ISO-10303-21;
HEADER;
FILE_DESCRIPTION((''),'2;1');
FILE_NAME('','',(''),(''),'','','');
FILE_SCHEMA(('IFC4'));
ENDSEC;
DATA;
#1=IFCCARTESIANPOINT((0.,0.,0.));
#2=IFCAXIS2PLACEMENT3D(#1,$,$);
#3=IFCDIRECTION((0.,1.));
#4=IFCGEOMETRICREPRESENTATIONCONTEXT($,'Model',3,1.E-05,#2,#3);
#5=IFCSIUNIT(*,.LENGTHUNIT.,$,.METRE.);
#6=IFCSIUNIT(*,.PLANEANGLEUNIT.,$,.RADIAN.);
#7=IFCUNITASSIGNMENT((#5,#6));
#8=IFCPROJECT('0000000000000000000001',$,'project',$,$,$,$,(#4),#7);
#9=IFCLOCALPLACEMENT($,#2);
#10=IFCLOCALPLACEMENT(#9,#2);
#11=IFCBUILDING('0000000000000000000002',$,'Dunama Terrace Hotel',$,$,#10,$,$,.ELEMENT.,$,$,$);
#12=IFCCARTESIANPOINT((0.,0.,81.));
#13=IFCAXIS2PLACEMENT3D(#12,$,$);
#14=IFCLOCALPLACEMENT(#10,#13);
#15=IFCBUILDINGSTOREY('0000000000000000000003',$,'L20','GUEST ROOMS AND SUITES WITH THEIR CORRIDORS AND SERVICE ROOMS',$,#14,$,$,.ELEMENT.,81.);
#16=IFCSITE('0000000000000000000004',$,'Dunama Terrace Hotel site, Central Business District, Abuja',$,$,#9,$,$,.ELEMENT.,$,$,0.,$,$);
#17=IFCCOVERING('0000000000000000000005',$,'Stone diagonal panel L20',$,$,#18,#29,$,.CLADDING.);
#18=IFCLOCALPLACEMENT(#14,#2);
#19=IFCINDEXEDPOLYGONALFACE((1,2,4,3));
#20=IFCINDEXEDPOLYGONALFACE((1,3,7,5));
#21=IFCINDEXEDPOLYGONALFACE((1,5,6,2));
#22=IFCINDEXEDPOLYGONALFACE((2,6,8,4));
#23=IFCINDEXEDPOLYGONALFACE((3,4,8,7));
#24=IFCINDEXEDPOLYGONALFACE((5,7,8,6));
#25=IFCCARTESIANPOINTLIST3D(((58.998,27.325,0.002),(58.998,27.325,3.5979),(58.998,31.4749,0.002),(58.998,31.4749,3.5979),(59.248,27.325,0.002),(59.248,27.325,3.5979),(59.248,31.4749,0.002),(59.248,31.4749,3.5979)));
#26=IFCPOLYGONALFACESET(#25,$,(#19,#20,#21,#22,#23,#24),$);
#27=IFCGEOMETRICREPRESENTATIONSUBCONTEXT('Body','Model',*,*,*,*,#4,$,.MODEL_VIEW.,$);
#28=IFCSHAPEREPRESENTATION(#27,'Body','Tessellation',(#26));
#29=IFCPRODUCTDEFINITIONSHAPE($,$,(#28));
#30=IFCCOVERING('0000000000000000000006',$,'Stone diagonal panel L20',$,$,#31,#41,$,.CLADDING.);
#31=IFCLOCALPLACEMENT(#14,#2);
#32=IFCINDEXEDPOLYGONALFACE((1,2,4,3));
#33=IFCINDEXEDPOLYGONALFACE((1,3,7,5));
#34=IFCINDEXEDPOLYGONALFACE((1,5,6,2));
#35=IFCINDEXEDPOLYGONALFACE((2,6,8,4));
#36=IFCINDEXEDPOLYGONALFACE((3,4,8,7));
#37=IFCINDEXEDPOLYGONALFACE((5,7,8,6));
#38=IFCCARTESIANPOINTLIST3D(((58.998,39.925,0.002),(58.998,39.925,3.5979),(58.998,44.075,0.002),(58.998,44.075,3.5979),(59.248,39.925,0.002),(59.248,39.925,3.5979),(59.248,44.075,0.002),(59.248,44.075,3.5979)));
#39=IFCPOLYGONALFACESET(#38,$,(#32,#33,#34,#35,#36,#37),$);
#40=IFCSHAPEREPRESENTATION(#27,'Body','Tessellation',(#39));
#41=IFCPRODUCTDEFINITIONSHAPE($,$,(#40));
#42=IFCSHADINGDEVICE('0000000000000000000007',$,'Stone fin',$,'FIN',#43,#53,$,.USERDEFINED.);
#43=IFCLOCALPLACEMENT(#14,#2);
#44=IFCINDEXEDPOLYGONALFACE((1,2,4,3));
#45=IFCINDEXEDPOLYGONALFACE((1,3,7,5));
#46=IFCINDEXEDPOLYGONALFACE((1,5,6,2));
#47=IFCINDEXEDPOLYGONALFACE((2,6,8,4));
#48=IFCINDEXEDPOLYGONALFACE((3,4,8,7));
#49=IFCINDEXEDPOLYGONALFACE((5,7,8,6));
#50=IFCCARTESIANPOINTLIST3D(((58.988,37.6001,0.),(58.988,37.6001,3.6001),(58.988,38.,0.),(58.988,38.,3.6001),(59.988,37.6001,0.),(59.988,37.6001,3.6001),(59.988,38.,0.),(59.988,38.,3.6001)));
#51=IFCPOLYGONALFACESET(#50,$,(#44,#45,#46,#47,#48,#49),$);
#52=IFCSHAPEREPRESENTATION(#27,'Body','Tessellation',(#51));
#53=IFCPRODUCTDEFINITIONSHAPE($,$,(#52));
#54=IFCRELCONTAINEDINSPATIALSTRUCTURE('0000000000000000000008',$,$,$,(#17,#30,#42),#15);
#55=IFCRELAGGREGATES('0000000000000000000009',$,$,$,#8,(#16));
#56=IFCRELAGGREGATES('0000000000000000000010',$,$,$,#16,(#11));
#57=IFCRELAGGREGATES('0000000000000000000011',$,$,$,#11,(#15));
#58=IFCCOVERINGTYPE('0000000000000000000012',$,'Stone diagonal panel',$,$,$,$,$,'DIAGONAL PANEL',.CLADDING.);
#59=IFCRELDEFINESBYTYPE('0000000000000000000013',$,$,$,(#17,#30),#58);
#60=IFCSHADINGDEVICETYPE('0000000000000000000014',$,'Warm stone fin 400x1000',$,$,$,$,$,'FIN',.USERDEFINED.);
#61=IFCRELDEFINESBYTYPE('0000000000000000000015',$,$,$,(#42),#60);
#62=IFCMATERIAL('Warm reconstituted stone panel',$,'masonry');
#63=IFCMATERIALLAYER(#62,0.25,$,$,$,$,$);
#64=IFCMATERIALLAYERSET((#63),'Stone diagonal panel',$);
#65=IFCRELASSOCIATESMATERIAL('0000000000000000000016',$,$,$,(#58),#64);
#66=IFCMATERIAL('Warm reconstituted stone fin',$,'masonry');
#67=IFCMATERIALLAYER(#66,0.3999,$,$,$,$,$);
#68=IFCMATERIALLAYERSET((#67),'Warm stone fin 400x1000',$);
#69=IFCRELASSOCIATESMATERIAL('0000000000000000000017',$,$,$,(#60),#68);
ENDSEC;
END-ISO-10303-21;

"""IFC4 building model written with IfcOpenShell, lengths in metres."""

from ifc_helpers import new_model, si_unit, direction, frame, origin, origin_2d, place, context, subcontext, project, spatial, rectangle, extrude, material, layer, layer_set, type_object, element, save


model = new_model("IFC4")

# Units and contexts
model_context = context("Model", 3, precision=1e-05, world=origin(), true_north=direction((0.0, 1.0)))
body_context = subcontext(model_context, "Body", "Model", "MODEL_VIEW")
ifc_project = project(units=[si_unit("LENGTHUNIT", "METRE"), si_unit("PLANEANGLEUNIT", "RADIAN")], contexts=[model_context])

# Site, building, storey
site_placement = place(None, origin())
site = spatial("IfcSite", under=ifc_project, at=site_placement, Name="Dunama Terrace Hotel site, Central Business District, Abuja", CompositionType="ELEMENT", RefElevation=0.0)
building_placement = place(site_placement, origin())
building = spatial("IfcBuilding", under=site, at=building_placement, Name="Dunama Terrace Hotel", CompositionType="ELEMENT")
storey_placement = place(building_placement, frame((0.0, 0.0, 81.0)))
storey = spatial("IfcBuildingStorey", under=building, at=storey_placement, Name="L20", Description="GUEST ROOMS AND SUITES WITH THEIR CORRIDORS AND SERVICE ROOMS", CompositionType="ELEMENT", Elevation=81.0)

# Coverings
ifc_material_1 = material(Name="Warm reconstituted stone panel", Category="masonry")
ifc_layer_1 = layer(ifc_material_1, 0.25)
ifc_layer_set_1 = layer_set([ifc_layer_1], Name="Stone diagonal panel")
covering_type = type_object("IfcCoveringType", Name="Stone diagonal panel", ElementType="DIAGONAL PANEL", PredefinedType="CLADDING", material=ifc_layer_set_1)
for number, where, z_axis, x_axis, name in (
    (1, (59.123, 29.3999, 0.002), (0.0, 0.0, 1.0), (0.0, 1.0, 0.0), "Stone diagonal panel L20"),
    (2, (59.123, 42.0, 0.002), (0.0, 0.0, 1.0), (0.0, 1.0, 0.0), "Stone diagonal panel L20"),
):
    element("IfcCovering", number, at=place(storey_placement, frame(where, z_axis=z_axis, x_axis=x_axis)), inside=storey, type_object=covering_type, Name=name, PredefinedType="CLADDING", context=body_context, shape_type="SweptSolid", body=[
        extrude(rectangle(XDim=4.1499, YDim=0.25, at=origin_2d()), origin(), (0.0, 0.0, 1.0), 3.5959),
    ])

# Shading device
ifc_material_2 = material(Name="Warm reconstituted stone fin", Category="masonry")
ifc_layer_2 = layer(ifc_material_2, 0.3999)
ifc_layer_set_2 = layer_set([ifc_layer_2], Name="Warm stone fin 400x1000")
shading_device_type = type_object("IfcShadingDeviceType", Name="Warm stone fin 400x1000", ElementType="FIN", PredefinedType="USERDEFINED", material=ifc_layer_set_2)
shading_device_placement = place(storey_placement, frame((59.488, 37.8, 0.0), z_axis=(0.0, 0.0, 1.0), x_axis=(0.0, 1.0, 0.0)))
element("IfcShadingDevice", 3, at=shading_device_placement, inside=storey, type_object=shading_device_type, Name="Stone fin", ObjectType="FIN", PredefinedType="USERDEFINED", context=body_context, shape_type="SweptSolid", body=[
    extrude(rectangle(XDim=0.3999, YDim=1.0, at=origin_2d()), origin(), (0.0, 0.0, 1.0), 3.6001),
])

save(model, "model.ifc")
